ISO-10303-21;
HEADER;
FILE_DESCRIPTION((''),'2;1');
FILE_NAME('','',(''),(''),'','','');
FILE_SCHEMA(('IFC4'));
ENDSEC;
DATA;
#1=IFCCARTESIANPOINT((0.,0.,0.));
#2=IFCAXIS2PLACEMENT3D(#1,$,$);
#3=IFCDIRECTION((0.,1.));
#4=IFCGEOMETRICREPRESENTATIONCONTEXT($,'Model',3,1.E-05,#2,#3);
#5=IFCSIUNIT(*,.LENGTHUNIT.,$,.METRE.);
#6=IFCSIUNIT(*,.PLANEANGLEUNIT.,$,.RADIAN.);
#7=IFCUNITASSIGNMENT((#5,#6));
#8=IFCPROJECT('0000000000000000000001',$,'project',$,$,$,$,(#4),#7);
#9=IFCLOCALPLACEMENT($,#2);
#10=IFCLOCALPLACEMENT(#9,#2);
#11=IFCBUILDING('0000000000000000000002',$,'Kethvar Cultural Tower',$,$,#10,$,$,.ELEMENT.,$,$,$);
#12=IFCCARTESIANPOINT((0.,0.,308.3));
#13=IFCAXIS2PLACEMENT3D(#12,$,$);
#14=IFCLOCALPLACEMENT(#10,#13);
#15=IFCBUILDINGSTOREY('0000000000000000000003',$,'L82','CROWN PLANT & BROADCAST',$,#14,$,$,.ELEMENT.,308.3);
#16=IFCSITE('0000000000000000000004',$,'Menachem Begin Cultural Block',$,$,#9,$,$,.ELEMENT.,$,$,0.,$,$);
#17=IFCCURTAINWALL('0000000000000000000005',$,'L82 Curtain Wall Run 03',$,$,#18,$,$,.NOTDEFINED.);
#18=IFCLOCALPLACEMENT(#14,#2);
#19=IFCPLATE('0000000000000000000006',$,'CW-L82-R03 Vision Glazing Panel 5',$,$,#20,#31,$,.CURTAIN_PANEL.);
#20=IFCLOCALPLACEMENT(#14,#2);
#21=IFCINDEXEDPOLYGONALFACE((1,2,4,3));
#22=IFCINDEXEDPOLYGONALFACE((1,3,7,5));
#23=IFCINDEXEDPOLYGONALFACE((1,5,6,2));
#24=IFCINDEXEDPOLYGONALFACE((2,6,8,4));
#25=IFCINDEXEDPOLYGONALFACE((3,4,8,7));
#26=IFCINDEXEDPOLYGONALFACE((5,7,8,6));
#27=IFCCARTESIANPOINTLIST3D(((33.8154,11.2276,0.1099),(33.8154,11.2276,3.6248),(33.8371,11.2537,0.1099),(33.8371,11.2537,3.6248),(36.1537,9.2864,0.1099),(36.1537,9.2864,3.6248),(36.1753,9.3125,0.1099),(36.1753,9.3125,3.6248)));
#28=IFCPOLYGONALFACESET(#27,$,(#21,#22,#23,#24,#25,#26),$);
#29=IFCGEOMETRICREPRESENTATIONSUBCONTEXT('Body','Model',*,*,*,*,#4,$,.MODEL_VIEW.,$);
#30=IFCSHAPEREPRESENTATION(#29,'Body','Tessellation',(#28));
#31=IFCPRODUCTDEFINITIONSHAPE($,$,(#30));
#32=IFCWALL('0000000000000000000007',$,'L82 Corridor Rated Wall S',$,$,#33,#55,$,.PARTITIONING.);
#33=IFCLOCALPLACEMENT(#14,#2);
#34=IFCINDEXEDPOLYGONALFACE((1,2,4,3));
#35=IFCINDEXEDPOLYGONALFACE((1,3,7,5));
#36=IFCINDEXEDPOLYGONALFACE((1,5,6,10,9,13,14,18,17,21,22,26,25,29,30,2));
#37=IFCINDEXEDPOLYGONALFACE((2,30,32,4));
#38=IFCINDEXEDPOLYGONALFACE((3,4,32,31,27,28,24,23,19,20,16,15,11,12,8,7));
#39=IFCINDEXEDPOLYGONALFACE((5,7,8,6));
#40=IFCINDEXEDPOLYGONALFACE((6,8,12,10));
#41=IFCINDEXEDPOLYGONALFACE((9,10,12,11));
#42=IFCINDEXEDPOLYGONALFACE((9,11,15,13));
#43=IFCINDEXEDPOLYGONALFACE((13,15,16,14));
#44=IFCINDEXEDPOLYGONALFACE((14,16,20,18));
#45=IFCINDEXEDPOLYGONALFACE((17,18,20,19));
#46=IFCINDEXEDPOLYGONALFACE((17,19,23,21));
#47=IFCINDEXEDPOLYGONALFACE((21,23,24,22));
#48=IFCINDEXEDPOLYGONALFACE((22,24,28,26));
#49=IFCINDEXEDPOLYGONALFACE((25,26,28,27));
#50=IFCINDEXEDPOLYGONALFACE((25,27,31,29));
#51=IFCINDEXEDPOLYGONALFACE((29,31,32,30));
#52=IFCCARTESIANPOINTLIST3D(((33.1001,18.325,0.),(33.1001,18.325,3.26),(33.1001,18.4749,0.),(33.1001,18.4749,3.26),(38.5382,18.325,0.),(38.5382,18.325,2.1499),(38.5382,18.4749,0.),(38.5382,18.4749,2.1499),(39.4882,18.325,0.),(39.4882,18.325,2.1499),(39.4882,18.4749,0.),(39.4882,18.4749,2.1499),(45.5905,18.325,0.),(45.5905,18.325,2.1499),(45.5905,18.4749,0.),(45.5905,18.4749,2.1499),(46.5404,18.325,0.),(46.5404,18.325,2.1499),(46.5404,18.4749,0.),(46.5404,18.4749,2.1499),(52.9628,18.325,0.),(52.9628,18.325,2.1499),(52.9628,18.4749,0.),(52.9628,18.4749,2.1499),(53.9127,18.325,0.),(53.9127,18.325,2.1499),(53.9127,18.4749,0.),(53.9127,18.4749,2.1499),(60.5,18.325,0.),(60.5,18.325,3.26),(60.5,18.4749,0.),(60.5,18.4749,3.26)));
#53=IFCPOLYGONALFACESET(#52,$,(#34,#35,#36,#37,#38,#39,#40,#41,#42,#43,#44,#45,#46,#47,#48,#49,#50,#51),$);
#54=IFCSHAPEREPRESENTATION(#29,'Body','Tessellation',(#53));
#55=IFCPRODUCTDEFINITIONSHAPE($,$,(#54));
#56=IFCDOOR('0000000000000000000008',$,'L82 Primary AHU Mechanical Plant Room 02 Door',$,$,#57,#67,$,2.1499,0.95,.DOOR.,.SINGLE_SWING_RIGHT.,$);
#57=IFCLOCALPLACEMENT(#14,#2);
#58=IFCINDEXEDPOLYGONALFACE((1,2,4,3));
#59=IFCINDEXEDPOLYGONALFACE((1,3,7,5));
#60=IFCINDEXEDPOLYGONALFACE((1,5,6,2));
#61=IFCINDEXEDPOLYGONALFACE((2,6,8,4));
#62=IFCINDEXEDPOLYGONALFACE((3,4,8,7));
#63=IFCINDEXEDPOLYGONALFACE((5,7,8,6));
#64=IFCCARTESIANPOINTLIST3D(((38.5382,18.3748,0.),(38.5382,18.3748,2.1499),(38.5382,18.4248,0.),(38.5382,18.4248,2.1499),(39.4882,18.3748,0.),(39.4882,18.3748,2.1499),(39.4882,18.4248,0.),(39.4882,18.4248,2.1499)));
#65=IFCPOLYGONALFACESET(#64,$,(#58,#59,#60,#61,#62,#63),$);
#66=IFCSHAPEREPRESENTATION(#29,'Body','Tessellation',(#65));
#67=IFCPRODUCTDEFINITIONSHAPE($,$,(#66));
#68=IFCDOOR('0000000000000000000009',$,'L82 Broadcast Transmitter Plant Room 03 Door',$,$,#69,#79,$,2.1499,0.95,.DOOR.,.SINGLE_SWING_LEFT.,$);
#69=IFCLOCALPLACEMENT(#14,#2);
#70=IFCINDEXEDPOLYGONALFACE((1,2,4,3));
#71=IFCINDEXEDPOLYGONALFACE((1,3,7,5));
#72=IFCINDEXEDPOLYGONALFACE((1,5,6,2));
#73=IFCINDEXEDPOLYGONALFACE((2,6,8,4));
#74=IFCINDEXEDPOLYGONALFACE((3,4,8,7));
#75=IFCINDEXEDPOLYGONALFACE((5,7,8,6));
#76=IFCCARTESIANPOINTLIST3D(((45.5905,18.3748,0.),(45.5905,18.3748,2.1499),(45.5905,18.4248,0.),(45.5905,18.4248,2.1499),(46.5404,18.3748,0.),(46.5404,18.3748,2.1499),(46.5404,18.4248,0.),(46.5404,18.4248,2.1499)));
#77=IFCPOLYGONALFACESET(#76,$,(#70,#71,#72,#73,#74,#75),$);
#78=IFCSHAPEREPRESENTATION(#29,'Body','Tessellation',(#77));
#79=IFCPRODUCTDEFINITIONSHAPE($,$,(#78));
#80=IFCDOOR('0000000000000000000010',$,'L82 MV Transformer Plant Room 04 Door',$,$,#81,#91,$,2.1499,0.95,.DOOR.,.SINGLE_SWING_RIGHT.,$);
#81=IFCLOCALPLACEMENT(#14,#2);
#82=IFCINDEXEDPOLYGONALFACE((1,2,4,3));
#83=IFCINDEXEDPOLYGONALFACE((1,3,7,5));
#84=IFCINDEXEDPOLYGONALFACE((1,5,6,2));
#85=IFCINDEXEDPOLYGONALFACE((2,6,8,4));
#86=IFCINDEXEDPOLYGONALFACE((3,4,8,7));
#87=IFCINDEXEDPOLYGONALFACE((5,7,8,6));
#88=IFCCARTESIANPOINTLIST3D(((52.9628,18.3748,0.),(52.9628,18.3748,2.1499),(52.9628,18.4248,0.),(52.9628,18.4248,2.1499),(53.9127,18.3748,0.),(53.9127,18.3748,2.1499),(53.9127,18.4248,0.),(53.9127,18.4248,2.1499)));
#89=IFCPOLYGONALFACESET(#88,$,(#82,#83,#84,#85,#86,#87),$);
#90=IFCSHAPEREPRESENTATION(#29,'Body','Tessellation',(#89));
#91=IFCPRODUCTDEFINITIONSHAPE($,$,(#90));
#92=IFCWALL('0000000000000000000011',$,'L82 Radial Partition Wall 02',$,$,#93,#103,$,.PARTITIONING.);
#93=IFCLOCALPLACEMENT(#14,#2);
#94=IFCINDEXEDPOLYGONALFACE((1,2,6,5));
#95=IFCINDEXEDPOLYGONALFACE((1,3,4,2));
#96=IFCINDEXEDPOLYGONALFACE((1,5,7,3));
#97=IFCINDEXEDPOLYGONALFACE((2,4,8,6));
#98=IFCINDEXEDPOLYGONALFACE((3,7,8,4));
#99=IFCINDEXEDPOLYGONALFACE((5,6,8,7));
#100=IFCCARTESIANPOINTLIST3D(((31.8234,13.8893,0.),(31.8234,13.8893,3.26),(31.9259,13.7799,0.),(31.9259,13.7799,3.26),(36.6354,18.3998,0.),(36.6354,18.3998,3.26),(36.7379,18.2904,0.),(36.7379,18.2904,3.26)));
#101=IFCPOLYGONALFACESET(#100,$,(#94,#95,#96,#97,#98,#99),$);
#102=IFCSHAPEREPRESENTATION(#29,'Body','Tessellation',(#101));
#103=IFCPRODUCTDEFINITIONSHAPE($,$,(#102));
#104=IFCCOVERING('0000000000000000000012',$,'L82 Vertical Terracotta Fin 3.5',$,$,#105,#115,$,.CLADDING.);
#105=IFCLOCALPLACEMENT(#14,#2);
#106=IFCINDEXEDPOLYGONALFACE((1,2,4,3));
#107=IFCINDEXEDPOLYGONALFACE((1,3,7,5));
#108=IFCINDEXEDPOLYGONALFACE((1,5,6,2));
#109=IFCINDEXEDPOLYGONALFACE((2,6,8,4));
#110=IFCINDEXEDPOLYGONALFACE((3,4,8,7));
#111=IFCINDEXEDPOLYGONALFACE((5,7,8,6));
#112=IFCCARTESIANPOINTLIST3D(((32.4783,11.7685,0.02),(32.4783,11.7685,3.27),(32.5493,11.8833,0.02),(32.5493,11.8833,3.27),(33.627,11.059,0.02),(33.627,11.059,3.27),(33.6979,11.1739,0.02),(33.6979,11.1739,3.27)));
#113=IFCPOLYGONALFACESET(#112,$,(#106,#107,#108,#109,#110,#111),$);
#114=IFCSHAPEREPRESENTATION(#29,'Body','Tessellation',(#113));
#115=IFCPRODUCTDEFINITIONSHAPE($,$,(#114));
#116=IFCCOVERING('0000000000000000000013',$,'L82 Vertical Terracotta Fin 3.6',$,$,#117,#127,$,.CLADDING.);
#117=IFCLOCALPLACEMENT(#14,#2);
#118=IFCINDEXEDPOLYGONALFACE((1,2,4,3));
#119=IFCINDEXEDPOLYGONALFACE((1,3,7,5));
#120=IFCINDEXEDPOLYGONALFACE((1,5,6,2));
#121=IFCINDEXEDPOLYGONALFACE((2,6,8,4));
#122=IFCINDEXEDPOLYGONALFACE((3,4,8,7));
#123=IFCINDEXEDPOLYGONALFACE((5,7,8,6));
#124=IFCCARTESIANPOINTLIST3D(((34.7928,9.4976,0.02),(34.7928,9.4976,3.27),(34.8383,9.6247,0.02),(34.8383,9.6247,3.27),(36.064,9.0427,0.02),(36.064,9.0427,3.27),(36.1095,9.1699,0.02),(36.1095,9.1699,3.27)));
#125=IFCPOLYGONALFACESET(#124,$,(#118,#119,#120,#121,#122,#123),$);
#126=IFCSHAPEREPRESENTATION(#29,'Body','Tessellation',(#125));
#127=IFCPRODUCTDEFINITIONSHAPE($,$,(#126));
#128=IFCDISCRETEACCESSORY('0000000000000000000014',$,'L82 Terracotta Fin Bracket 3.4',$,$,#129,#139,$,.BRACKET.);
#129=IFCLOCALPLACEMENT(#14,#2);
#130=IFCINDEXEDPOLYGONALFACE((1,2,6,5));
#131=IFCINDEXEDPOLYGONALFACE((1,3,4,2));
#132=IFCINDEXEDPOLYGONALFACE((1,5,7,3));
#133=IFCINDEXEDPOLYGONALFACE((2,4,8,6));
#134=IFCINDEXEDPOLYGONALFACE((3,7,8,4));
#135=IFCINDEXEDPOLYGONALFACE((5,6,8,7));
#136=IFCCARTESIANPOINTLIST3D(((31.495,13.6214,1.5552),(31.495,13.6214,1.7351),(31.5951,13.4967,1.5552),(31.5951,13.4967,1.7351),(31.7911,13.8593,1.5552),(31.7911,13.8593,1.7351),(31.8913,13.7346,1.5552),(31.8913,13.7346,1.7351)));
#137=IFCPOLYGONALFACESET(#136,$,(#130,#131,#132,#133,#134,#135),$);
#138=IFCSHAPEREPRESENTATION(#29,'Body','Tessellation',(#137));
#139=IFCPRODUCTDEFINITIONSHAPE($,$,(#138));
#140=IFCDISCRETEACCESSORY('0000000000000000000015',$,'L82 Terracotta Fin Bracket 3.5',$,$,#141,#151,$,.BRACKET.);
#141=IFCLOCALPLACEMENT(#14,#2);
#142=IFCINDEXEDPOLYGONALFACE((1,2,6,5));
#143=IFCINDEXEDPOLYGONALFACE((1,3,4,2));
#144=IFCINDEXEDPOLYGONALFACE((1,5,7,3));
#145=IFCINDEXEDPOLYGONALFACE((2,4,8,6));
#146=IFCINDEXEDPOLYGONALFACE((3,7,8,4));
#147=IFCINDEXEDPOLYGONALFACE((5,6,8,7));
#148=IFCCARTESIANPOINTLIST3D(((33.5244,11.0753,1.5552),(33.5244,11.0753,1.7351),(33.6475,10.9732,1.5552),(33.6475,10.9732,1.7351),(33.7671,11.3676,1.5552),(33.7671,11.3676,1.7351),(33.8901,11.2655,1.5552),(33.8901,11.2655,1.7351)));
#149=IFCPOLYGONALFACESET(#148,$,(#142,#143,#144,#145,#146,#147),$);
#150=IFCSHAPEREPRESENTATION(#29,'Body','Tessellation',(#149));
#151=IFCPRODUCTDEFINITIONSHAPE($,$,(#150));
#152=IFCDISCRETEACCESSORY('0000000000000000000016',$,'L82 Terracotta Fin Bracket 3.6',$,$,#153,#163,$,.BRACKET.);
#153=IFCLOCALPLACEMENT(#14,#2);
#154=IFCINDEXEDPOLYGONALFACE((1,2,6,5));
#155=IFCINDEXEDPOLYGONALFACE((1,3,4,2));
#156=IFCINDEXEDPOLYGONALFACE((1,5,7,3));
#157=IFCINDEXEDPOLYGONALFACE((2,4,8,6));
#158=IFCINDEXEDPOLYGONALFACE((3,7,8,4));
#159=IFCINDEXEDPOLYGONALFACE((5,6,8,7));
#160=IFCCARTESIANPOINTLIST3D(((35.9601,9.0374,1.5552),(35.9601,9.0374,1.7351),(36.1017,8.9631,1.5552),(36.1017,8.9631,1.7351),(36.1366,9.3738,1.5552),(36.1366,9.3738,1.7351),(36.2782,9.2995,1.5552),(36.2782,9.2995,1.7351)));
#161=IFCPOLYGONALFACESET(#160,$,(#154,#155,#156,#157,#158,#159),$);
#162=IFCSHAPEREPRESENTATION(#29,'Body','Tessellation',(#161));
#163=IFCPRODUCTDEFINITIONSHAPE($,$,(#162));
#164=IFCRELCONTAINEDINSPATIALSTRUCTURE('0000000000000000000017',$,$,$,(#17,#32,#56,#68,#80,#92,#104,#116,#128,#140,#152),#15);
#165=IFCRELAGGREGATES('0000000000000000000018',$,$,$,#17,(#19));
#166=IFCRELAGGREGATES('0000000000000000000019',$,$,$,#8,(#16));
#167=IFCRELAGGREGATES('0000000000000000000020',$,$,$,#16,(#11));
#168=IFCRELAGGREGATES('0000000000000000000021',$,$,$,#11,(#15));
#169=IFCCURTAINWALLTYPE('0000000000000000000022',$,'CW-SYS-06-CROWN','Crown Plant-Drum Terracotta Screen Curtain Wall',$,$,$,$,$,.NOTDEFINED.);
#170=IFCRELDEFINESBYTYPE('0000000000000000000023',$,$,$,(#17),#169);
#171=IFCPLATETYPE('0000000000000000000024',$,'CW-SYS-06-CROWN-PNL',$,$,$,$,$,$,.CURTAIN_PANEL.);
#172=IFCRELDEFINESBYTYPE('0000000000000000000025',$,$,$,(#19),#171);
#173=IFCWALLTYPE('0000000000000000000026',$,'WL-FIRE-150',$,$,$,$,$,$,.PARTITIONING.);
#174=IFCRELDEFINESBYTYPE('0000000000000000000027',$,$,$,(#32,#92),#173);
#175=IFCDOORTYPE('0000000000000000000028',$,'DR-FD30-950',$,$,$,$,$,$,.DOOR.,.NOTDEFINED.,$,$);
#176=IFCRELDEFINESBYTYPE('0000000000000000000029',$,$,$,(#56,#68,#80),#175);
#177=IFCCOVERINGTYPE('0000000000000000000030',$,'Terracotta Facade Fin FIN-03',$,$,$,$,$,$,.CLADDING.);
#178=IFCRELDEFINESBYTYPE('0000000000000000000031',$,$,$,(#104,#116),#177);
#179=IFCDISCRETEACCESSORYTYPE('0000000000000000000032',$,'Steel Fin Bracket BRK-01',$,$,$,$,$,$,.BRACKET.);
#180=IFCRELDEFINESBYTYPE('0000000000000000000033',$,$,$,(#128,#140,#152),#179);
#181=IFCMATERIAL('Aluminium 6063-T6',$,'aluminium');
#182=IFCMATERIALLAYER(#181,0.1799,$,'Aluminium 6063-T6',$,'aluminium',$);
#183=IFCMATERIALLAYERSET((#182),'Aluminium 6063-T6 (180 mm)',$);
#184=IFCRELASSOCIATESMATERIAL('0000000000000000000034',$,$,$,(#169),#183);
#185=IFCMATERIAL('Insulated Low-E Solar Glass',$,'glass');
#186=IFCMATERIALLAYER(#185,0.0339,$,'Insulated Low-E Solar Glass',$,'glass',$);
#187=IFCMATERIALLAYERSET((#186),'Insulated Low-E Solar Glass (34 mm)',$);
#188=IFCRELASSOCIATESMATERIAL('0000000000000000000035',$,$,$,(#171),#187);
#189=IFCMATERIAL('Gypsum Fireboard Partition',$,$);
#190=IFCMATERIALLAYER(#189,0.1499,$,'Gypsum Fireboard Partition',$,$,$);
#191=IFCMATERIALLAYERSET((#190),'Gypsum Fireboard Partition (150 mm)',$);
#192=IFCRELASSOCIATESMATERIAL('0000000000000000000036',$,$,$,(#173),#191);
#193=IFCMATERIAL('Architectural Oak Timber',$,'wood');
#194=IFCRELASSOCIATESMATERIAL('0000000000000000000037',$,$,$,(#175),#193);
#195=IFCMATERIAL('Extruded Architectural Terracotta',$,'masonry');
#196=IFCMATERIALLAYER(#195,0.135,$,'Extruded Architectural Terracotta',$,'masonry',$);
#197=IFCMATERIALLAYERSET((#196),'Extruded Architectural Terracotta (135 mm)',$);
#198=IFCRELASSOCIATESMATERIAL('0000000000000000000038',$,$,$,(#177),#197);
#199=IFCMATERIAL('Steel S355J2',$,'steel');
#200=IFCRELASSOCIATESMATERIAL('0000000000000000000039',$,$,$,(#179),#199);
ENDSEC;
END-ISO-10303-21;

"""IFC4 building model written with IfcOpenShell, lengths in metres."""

from ifc_helpers import new_model, si_unit, direction, frame, frame_2d, origin, origin_2d, place, context, subcontext, project, spatial, rectangle, extrude, source, transform, mapped, material, layer, layer_set, type_object, element, fill, aggregate, save


model = new_model("IFC4")

# Units and contexts
model_context = context("Model", 3, precision=1e-05, world=origin(), true_north=direction((0.0, 1.0)))
body_context = subcontext(model_context, "Body", "Model", "MODEL_VIEW")
ifc_project = project(units=[si_unit("LENGTHUNIT", "METRE"), si_unit("PLANEANGLEUNIT", "RADIAN")], contexts=[model_context])

# Site, building, storey
site_placement = place(None, origin())
site = spatial("IfcSite", under=ifc_project, at=site_placement, Name="Menachem Begin Cultural Block", CompositionType="ELEMENT", RefElevation=0.0)
building_placement = place(site_placement, origin())
building = spatial("IfcBuilding", under=site, at=building_placement, Name="Kethvar Cultural Tower", CompositionType="ELEMENT")
storey_placement = place(building_placement, frame((0.0, 0.0, 308.3)))
storey = spatial("IfcBuildingStorey", under=building, at=storey_placement, Name="L82", Description="CROWN PLANT & BROADCAST", CompositionType="ELEMENT", Elevation=308.3)

# Shared definitions
ifc_material_1 = material(Name="Steel S355J2", Category="steel")

# Curtain wall, plate
ifc_material_2 = material(Name="Aluminium 6063-T6", Category="aluminium")
ifc_layer_1 = layer(ifc_material_2, 0.1799, Name="Aluminium 6063-T6", Category="aluminium")
ifc_layer_set_1 = layer_set([ifc_layer_1], Name="Aluminium 6063-T6 (180 mm)")
curtain_wall_type = type_object("IfcCurtainWallType", Name="CW-SYS-06-CROWN", Description="Crown Plant-Drum Terracotta Screen Curtain Wall", PredefinedType="NOTDEFINED", material=ifc_layer_set_1)
curtain_wall_placement = place(storey_placement, origin())
curtain_wall = element("IfcCurtainWall", 1, at=curtain_wall_placement, inside=storey, type_object=curtain_wall_type, Name="L82 Curtain Wall Run 03", PredefinedType="NOTDEFINED")
ifc_material_3 = material(Name="Insulated Low-E Solar Glass", Category="glass")
ifc_layer_2 = layer(ifc_material_3, 0.0339, Name="Insulated Low-E Solar Glass", Category="glass")
ifc_layer_set_2 = layer_set([ifc_layer_2], Name="Insulated Low-E Solar Glass (34 mm)")
plate_type = type_object("IfcPlateType", Name="CW-SYS-06-CROWN-PNL", PredefinedType="CURTAIN_PANEL", material=ifc_layer_set_2)
shared_shape_1 = source(origin(), body_context, "Body", "SweptSolid", [
    extrude(rectangle(XDim=3.0391, YDim=0.0339, at=origin_2d()), origin(), (0.0, 0.0, 1.0), 3.5149),
])
plate_1_placement = place(storey_placement, frame((34.9954, 10.27, 0.1099), z_axis=(0.0, 0.0, 1.0), x_axis=(0.769411, -0.638754, 0.0)))
plate_1 = element("IfcPlate", 2, at=plate_1_placement, type_object=plate_type, Name="CW-L82-R03 Vision Glazing Panel 5", PredefinedType="CURTAIN_PANEL", context=body_context, shape_type="MappedRepresentation", body=[
    mapped(shared_shape_1, transform((0.0, 0.0, 0.0), scale=1.0)),
])
aggregate(curtain_wall, [plate_1])

# Wall, openings, doors
ifc_material_4 = material(Name="Gypsum Fireboard Partition")
ifc_layer_3 = layer(ifc_material_4, 0.1499, Name="Gypsum Fireboard Partition")
ifc_layer_set_3 = layer_set([ifc_layer_3], Name="Gypsum Fireboard Partition (150 mm)")
wall_type = type_object("IfcWallType", Name="WL-FIRE-150", PredefinedType="PARTITIONING", material=ifc_layer_set_3)
wall_1_placement = place(storey_placement, frame((33.1001, 18.3999, 0.0), z_axis=(0.0, 0.0, 1.0), x_axis=(1.0, 0.0, 0.0)))
wall_1 = element("IfcWall", 3, at=wall_1_placement, inside=storey, type_object=wall_type, Name="L82 Corridor Rated Wall S", PredefinedType="PARTITIONING", context=body_context, shape_type="SweptSolid", body=[
    extrude(rectangle(XDim=27.3999, YDim=0.1499, at=frame_2d((13.7, 0.0))), origin(), (0.0, 0.0, 1.0), 3.26),
])
opening_1_placement = place(wall_1_placement, frame((5.438, 0.0, 0.0)))
opening_1 = element("IfcOpeningElement", 4, at=opening_1_placement, cuts=wall_1, PredefinedType="OPENING", context=body_context, shape_type="SweptSolid", body=[
    extrude(rectangle(XDim=0.95, YDim=2.1499, at=frame_2d((0.4751, 1.075))), frame((0.0, 0.085, 0.0), z_axis=(0.0, -1.0, 0.0), x_axis=(1.0, 0.0, 0.0)), (0.0, 0.0, 1.0), 0.1699),
])
opening_2_placement = place(wall_1_placement, frame((12.4902, 0.0, 0.0)))
opening_2 = element("IfcOpeningElement", 5, at=opening_2_placement, cuts=wall_1, PredefinedType="OPENING", context=body_context, shape_type="SweptSolid", body=[
    extrude(rectangle(XDim=0.95, YDim=2.1499, at=frame_2d((0.4751, 1.075))), frame((0.0, 0.085, 0.0), z_axis=(0.0, -1.0, 0.0), x_axis=(1.0, 0.0, 0.0)), (0.0, 0.0, 1.0), 0.1699),
])
opening_3_placement = place(wall_1_placement, frame((19.8625, 0.0, 0.0)))
opening_3 = element("IfcOpeningElement", 6, at=opening_3_placement, cuts=wall_1, PredefinedType="OPENING", context=body_context, shape_type="SweptSolid", body=[
    extrude(rectangle(XDim=0.95, YDim=2.1499, at=frame_2d((0.4751, 1.075))), frame((0.0, 0.085, 0.0), z_axis=(0.0, -1.0, 0.0), x_axis=(1.0, 0.0, 0.0)), (0.0, 0.0, 1.0), 0.1699),
])
ifc_material_5 = material(Name="Architectural Oak Timber", Category="wood")
door_type = type_object("IfcDoorType", Name="DR-FD30-950", OperationType="NOTDEFINED", PredefinedType="DOOR", material=ifc_material_5)
shared_shape_2 = source(origin(), body_context, "Body", "SweptSolid", [
    extrude(rectangle(XDim=0.95, YDim=2.1499, at=frame_2d((0.4751, 1.075))), frame((0.0, 0.0249, 0.0), z_axis=(0.0, -1.0, 0.0), x_axis=(1.0, 0.0, 0.0)), (0.0, 0.0, 1.0), 0.05),
])
door_1_placement = place(opening_1_placement, origin())
door_1 = element("IfcDoor", 7, at=door_1_placement, inside=storey, type_object=door_type, Name="L82 Primary AHU Mechanical Plant Room 02 Door", OperationType="SINGLE_SWING_RIGHT", OverallHeight=2.1499, OverallWidth=0.95, PredefinedType="DOOR", context=body_context, shape_type="MappedRepresentation", body=[
    mapped(shared_shape_2, transform((0.0, 0.0, 0.0), scale=1.0)),
])
fill(opening_1, door_1)
door_2_placement = place(opening_2_placement, origin())
door_2 = element("IfcDoor", 8, at=door_2_placement, inside=storey, type_object=door_type, Name="L82 Broadcast Transmitter Plant Room 03 Door", OperationType="SINGLE_SWING_LEFT", OverallHeight=2.1499, OverallWidth=0.95, PredefinedType="DOOR", context=body_context, shape_type="MappedRepresentation", body=[
    mapped(shared_shape_2, transform((0.0, 0.0, 0.0), scale=1.0)),
])
fill(opening_2, door_2)
door_3_placement = place(opening_3_placement, origin())
door_3 = element("IfcDoor", 9, at=door_3_placement, inside=storey, type_object=door_type, Name="L82 MV Transformer Plant Room 04 Door", OperationType="SINGLE_SWING_RIGHT", OverallHeight=2.1499, OverallWidth=0.95, PredefinedType="DOOR", context=body_context, shape_type="MappedRepresentation", body=[
    mapped(shared_shape_2, transform((0.0, 0.0, 0.0), scale=1.0)),
])
fill(opening_3, door_3)

# Wall
wall_2_placement = place(storey_placement, frame((36.6868, 18.3452, 0.0), z_axis=(0.0, 0.0, 1.0), x_axis=(-0.729595, -0.68388, 0.0)))
element("IfcWall", 10, at=wall_2_placement, inside=storey, type_object=wall_type, Name="L82 Radial Partition Wall 02", PredefinedType="PARTITIONING", context=body_context, shape_type="SweptSolid", body=[
    extrude(rectangle(XDim=6.5955, YDim=0.1499, at=frame_2d((3.2979, 0.0))), origin(), (0.0, 0.0, 1.0), 3.26),
])

# Coverings
ifc_material_6 = material(Name="Extruded Architectural Terracotta", Category="masonry")
ifc_layer_4 = layer(ifc_material_6, 0.135, Name="Extruded Architectural Terracotta", Category="masonry")
ifc_layer_set_4 = layer_set([ifc_layer_4], Name="Extruded Architectural Terracotta (135 mm)")
covering_type = type_object("IfcCoveringType", Name="Terracotta Facade Fin FIN-03", PredefinedType="CLADDING", material=ifc_layer_set_4)
shared_shape_3 = source(origin(), body_context, "Body", "SweptSolid", [
    extrude(rectangle(XDim=1.3501, YDim=0.135, at=origin_2d()), origin(), (0.0, 0.0, 1.0), 3.25),
])
for number, where, z_axis, x_axis, name in (
    (11, (33.0881, 11.4712, 0.02), (0.0, 0.0, 1.0), (-0.850811, 0.525472, 0.0), "L82 Vertical Terracotta Fin 3.5"),
    (12, (35.4512, 9.3337, 0.02), (0.0, 0.0, 1.0), (-0.941529, 0.336931, 0.0), "L82 Vertical Terracotta Fin 3.6"),
):
    element("IfcCovering", number, at=place(storey_placement, frame(where, z_axis=z_axis, x_axis=x_axis)), inside=storey, type_object=covering_type, Name=name, PredefinedType="CLADDING", context=body_context, shape_type="MappedRepresentation", body=[
        mapped(shared_shape_3, transform((0.0, 0.0, 0.0), scale=1.0)),
    ])

# Discrete accessories
discrete_accessory_type = type_object("IfcDiscreteAccessoryType", Name="Steel Fin Bracket BRK-01", PredefinedType="BRACKET", material=ifc_material_1)
shared_shape_4 = source(origin(), body_context, "Body", "SweptSolid", [
    extrude(rectangle(XDim=0.3799, YDim=0.1599, at=origin_2d()), origin(), (0.0, 0.0, 1.0), 0.1799),
])
for number, where, z_axis, x_axis, name in (
    (13, (31.6931, 13.678, 1.5552), (0.0, 0.0, 1.0), (-0.779666, -0.626196, 0.0), "L82 Terracotta Fin Bracket 3.4"),
    (14, (33.7073, 11.1704, 1.5552), (0.0, 0.0, 1.0), (-0.638768, -0.7694, 0.0), "L82 Terracotta Fin Bracket 3.5"),
    (15, (36.1191, 9.1685, 1.5552), (0.0, 0.0, 1.0), (-0.464688, -0.885475, 0.0), "L82 Terracotta Fin Bracket 3.6"),
):
    element("IfcDiscreteAccessory", number, at=place(storey_placement, frame(where, z_axis=z_axis, x_axis=x_axis)), inside=storey, type_object=discrete_accessory_type, Name=name, PredefinedType="BRACKET", context=body_context, shape_type="MappedRepresentation", body=[
        mapped(shared_shape_4, transform((0.0, 0.0, 0.0), scale=1.0)),
    ])

save(model, "model.ifc")
